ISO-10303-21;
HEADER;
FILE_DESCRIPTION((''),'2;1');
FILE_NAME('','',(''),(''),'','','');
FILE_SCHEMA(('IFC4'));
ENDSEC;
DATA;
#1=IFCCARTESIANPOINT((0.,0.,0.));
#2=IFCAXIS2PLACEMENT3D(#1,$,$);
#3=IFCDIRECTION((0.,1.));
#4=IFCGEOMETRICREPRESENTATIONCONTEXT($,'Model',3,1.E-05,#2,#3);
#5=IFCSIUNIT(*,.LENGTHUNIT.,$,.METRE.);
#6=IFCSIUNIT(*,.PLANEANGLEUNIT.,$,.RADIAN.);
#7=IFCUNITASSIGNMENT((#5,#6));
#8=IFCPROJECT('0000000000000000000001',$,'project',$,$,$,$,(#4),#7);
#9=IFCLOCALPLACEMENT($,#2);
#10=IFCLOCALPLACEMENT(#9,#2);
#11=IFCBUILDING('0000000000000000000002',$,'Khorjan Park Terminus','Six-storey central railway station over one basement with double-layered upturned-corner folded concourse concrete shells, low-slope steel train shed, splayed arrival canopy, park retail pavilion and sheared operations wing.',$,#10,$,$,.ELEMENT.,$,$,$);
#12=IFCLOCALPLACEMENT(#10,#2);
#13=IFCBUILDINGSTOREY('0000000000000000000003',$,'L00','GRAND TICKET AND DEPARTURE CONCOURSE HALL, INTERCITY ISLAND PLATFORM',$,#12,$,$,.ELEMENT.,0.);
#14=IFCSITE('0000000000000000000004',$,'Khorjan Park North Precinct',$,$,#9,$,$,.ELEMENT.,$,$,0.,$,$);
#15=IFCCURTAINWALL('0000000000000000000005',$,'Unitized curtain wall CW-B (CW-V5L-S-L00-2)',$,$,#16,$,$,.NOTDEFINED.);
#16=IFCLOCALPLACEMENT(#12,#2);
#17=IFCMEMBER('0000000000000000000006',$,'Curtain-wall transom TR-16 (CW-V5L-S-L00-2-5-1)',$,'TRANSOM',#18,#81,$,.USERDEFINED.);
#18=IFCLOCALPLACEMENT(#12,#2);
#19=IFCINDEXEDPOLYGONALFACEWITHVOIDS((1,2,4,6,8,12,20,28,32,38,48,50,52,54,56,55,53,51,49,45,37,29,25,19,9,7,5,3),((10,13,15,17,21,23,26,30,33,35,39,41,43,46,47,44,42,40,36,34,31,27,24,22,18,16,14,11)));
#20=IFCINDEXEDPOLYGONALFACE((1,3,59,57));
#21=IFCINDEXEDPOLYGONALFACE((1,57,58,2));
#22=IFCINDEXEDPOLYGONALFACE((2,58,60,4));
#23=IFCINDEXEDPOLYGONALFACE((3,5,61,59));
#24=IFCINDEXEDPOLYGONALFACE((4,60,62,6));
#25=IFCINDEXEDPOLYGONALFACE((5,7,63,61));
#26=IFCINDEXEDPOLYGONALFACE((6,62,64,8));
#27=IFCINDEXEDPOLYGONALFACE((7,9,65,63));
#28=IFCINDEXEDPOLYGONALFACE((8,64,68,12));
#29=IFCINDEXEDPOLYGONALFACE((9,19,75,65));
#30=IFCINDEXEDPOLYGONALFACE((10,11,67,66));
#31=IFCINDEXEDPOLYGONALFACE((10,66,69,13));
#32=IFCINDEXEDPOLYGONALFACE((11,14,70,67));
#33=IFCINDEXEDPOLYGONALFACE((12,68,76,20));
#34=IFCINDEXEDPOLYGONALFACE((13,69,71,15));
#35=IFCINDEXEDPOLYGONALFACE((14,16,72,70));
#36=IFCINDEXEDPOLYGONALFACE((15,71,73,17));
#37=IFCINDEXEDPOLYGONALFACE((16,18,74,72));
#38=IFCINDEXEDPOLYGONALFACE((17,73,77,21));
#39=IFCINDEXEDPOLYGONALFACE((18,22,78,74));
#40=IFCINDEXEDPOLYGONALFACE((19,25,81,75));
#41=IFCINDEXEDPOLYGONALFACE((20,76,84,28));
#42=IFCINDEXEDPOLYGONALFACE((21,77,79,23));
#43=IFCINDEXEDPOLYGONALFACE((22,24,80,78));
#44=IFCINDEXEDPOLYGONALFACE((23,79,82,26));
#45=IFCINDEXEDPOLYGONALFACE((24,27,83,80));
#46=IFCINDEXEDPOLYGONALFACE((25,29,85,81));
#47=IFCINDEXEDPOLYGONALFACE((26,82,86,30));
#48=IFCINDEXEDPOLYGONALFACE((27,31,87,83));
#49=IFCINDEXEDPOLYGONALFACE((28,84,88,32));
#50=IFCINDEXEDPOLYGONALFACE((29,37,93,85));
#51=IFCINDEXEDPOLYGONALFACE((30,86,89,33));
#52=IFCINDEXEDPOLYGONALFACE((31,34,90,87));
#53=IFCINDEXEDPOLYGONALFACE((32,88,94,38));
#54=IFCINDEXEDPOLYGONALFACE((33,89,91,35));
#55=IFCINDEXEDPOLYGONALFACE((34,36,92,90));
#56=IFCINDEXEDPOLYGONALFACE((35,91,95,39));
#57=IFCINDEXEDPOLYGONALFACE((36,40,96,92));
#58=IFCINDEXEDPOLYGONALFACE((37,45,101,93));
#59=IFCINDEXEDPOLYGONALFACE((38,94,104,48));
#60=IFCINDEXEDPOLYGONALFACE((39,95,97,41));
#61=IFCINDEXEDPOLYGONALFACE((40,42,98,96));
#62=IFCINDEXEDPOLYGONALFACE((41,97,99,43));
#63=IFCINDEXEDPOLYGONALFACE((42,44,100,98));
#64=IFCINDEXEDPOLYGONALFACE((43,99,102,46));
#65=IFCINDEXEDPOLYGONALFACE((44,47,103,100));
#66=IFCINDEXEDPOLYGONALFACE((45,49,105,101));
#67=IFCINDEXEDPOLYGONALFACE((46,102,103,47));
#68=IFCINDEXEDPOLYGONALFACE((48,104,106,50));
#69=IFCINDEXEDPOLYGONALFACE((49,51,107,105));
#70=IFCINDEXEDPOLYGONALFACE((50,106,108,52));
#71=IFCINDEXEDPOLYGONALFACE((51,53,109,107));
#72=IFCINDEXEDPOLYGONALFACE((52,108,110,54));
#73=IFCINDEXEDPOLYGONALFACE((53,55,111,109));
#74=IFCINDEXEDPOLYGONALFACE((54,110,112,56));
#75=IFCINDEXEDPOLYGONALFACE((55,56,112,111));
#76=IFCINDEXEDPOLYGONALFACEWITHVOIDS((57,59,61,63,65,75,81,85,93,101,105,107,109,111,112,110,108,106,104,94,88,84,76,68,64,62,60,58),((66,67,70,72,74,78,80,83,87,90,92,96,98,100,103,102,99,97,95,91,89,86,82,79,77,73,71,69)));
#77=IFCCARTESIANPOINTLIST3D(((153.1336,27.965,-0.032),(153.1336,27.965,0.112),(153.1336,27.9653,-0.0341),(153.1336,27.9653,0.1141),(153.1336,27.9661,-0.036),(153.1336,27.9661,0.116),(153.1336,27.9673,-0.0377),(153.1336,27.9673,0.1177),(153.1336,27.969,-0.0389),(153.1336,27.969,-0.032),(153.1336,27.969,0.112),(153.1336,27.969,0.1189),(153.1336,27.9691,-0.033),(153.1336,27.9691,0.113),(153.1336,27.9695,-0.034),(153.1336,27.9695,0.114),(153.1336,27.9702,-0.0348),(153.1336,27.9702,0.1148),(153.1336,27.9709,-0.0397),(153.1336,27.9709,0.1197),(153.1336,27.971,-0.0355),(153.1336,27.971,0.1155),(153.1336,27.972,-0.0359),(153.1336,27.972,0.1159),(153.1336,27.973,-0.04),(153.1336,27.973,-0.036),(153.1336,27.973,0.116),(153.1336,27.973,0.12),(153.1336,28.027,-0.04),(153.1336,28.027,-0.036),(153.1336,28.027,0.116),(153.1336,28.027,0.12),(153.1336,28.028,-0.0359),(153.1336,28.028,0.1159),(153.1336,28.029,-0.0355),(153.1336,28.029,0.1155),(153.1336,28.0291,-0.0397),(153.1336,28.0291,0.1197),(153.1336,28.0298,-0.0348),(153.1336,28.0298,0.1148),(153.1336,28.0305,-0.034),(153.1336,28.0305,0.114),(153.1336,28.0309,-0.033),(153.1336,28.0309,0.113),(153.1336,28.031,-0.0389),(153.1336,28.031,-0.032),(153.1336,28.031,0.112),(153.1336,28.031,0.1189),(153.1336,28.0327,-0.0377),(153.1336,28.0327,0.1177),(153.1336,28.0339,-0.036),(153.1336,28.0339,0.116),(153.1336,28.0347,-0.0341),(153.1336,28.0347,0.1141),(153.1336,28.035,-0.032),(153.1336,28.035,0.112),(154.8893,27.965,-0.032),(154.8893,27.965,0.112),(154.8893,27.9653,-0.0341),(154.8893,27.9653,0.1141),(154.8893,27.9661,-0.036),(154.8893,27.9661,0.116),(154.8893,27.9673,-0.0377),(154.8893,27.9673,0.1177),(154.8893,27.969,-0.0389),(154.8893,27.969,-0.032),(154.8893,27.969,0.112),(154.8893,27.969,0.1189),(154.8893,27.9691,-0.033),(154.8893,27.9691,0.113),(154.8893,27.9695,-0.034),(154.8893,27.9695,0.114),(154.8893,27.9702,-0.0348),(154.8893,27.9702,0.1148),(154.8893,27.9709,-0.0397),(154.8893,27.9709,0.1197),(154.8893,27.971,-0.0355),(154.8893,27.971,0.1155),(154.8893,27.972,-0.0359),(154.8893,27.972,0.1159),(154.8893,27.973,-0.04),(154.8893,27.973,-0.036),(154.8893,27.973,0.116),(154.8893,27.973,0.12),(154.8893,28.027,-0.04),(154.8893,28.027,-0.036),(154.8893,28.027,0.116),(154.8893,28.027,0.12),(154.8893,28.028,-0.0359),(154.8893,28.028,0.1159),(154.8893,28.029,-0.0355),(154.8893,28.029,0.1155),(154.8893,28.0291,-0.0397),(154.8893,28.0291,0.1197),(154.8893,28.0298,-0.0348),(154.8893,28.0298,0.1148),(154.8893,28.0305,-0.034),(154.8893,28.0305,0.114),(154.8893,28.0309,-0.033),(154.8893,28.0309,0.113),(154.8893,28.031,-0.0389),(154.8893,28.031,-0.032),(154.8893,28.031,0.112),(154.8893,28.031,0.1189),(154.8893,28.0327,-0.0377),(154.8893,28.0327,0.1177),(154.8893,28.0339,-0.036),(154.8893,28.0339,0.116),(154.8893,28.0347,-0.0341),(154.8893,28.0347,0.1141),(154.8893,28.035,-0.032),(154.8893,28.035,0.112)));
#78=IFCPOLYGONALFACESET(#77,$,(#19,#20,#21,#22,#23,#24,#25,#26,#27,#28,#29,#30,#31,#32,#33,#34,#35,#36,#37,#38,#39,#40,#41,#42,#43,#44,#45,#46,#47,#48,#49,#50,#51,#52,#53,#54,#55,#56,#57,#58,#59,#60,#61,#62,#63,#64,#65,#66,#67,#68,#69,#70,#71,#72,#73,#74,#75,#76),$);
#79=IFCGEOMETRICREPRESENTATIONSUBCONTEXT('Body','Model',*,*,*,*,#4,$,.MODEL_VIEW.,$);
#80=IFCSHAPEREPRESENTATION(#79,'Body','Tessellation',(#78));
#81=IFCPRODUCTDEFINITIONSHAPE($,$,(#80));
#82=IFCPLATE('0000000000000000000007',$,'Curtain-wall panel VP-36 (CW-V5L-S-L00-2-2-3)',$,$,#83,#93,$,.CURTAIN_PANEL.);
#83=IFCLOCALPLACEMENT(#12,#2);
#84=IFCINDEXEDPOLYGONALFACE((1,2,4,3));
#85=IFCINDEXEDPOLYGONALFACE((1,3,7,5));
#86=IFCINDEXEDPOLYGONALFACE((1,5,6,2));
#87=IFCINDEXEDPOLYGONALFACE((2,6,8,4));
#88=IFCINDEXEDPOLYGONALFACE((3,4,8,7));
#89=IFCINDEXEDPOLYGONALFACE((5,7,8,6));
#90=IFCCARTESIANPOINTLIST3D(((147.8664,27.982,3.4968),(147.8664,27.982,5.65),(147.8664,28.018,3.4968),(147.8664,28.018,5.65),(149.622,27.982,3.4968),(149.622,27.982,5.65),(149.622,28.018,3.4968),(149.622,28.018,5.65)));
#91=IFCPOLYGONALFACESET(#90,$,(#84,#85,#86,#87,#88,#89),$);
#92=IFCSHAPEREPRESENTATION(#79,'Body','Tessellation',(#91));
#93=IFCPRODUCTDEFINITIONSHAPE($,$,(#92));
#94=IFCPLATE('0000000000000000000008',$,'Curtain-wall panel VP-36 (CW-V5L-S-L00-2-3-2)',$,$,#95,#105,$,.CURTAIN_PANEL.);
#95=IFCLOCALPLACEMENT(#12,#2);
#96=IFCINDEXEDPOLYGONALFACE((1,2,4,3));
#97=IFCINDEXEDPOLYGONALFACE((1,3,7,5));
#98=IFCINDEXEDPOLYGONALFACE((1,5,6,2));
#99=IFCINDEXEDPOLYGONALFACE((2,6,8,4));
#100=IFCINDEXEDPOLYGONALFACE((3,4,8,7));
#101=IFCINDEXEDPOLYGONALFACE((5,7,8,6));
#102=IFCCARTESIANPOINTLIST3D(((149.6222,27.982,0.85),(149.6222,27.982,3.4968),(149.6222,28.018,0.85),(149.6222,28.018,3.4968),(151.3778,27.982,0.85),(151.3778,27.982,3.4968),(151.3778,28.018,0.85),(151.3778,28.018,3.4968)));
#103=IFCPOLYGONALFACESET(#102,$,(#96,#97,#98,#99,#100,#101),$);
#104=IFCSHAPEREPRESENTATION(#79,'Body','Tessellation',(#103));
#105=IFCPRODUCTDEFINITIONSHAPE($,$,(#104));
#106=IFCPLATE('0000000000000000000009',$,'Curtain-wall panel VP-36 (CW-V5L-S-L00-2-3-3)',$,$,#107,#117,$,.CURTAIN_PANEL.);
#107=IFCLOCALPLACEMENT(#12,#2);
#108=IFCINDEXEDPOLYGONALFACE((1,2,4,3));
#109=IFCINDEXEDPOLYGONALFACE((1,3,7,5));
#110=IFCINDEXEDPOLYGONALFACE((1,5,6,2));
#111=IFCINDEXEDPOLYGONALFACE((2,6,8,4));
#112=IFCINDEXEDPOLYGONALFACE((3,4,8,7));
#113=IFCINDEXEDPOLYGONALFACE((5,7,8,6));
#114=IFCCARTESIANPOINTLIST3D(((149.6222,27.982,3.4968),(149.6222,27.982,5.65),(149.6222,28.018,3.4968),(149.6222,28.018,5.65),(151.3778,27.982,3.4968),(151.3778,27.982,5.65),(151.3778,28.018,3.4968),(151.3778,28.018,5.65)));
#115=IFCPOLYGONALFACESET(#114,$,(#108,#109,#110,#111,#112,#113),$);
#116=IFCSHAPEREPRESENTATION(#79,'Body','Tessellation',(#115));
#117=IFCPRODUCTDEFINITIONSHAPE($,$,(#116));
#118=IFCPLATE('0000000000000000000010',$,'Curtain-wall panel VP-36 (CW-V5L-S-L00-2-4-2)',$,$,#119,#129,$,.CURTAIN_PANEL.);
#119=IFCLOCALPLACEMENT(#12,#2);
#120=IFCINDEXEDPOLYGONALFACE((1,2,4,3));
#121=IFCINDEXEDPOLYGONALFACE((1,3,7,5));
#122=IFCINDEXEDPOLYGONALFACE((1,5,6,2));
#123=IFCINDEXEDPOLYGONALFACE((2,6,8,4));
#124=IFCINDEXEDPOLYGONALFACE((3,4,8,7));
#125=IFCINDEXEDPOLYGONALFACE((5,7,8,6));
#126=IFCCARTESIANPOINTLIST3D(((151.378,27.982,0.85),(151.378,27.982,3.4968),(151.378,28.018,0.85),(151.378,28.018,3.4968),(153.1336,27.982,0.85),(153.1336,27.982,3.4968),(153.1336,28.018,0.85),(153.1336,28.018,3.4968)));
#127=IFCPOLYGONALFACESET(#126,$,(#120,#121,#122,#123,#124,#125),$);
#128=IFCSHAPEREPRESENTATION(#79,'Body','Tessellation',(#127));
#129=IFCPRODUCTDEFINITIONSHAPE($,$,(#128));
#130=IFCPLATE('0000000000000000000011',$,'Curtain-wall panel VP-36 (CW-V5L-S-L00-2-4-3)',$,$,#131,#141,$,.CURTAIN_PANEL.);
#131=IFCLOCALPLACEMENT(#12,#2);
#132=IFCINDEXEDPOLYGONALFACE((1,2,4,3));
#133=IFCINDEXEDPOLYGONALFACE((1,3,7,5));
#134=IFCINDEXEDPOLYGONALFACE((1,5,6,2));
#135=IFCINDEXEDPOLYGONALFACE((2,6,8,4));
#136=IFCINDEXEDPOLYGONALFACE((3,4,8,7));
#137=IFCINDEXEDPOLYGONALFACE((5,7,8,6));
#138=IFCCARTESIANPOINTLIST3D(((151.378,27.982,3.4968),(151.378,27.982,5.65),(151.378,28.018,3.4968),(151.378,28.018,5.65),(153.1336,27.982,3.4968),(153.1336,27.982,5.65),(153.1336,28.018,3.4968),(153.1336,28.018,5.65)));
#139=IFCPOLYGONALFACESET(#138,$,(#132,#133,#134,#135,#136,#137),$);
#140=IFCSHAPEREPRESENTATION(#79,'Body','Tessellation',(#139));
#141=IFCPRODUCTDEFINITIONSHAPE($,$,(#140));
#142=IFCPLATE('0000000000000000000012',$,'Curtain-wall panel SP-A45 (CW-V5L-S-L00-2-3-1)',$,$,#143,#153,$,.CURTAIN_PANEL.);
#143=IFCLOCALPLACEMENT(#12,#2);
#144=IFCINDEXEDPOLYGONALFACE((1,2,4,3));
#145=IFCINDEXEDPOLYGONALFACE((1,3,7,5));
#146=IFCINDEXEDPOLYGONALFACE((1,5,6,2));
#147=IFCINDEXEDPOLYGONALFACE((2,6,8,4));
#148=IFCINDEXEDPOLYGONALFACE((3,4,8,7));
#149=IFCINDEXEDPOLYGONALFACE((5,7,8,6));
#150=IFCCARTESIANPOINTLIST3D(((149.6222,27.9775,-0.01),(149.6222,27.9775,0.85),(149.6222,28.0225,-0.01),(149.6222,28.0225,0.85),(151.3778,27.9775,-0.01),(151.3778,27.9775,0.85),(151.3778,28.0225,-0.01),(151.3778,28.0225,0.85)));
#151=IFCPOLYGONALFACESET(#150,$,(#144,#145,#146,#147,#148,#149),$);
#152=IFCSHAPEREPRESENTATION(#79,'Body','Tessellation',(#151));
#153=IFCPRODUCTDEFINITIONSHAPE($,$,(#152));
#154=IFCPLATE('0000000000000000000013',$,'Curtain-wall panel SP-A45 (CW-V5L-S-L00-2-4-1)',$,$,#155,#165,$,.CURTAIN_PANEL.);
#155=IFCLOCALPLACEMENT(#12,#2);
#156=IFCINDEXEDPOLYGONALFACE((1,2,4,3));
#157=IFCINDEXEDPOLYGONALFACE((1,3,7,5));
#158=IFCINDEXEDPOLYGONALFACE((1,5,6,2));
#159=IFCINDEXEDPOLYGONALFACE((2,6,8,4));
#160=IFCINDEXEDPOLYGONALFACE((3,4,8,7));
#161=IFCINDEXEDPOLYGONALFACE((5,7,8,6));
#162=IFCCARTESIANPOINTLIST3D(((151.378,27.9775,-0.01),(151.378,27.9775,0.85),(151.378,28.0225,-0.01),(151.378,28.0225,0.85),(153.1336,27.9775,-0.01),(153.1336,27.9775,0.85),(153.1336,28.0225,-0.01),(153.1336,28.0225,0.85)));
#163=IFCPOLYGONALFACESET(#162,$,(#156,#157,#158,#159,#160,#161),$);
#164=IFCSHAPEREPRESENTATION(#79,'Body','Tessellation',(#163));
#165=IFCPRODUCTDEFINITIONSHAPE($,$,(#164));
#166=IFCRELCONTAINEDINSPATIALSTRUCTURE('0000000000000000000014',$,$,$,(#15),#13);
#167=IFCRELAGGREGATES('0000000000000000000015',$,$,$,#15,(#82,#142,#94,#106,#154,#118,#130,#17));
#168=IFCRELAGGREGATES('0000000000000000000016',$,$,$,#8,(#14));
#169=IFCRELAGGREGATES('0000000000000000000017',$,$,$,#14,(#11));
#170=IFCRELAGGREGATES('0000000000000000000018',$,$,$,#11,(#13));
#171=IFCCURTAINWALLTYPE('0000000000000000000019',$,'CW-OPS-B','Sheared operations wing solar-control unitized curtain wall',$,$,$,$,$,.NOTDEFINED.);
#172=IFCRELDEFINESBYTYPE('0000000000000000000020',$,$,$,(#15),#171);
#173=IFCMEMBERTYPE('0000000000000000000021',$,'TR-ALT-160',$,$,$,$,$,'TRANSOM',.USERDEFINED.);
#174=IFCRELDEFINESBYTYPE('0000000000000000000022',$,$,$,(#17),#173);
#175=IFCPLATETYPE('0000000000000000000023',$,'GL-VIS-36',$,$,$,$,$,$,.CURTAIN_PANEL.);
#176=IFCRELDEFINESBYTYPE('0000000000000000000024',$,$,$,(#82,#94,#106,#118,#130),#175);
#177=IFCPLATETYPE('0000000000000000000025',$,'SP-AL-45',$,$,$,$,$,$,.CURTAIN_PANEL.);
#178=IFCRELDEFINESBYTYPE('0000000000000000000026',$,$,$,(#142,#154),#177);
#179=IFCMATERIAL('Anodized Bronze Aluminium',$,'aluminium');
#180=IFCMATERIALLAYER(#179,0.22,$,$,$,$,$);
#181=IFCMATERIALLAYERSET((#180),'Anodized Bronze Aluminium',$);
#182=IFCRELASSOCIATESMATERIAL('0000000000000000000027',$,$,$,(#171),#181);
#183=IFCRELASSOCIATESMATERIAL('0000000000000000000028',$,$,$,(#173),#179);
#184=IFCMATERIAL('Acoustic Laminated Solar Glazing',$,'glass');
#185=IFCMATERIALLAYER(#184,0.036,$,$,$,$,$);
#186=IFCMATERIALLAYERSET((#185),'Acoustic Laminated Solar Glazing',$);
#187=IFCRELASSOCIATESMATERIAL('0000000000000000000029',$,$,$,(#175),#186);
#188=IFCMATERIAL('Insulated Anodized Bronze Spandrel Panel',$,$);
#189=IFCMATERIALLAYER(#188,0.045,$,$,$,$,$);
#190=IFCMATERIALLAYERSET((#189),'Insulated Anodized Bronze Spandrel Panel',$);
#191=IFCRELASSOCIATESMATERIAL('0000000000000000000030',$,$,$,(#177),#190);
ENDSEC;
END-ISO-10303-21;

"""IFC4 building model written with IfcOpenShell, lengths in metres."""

from ifc_helpers import new_model, si_unit, direction, frame, origin, origin_2d, place, context, subcontext, project, spatial, rectangle, hollow_rectangle, extrude, material, layer, layer_set, material_profile, profile_set, type_object, element, aggregate, save


model = new_model("IFC4")

# Units and contexts
model_context = context("Model", 3, precision=1e-05, world=origin(), true_north=direction((0.0, 1.0)))
body_context = subcontext(model_context, "Body", "Model", "MODEL_VIEW")
ifc_project = project(units=[si_unit("LENGTHUNIT", "METRE"), si_unit("PLANEANGLEUNIT", "RADIAN")], contexts=[model_context])

# Site, building, storey
site_placement = place(None, origin())
site = spatial("IfcSite", under=ifc_project, at=site_placement, Name="Khorjan Park North Precinct", CompositionType="ELEMENT", RefElevation=0.0)
building_placement = place(site_placement, origin())
building = spatial("IfcBuilding", under=site, at=building_placement, Name="Khorjan Park Terminus", Description="Six-storey central railway station over one basement with double-layered upturned-corner folded concourse concrete shells, low-slope steel train shed, splayed arrival canopy, park retail pavilion and sheared operations wing.", CompositionType="ELEMENT")
storey_placement = place(building_placement, origin())
storey = spatial("IfcBuildingStorey", under=building, at=storey_placement, Name="L00", Description="GRAND TICKET AND DEPARTURE CONCOURSE HALL, INTERCITY ISLAND PLATFORM", CompositionType="ELEMENT", Elevation=0.0)

# Curtain wall, member, plates
ifc_material_1 = material(Name="Anodized Bronze Aluminium", Category="aluminium")
ifc_layer_1 = layer(ifc_material_1, 0.22)
ifc_layer_set_1 = layer_set([ifc_layer_1], Name="Anodized Bronze Aluminium")
curtain_wall_type = type_object("IfcCurtainWallType", Name="CW-OPS-B", Description="Sheared operations wing solar-control unitized curtain wall", PredefinedType="NOTDEFINED", material=ifc_layer_set_1)
curtain_wall_placement = place(storey_placement, origin())
curtain_wall = element("IfcCurtainWall", 1, at=curtain_wall_placement, inside=storey, type_object=curtain_wall_type, Name="Unitized curtain wall CW-B (CW-V5L-S-L00-2)", PredefinedType="NOTDEFINED")
ifc_material_profile_1 = material_profile(ifc_material_1, hollow_rectangle(XDim=0.07, YDim=0.16, WallThickness=0.004, InnerFilletRadius=0.004, OuterFilletRadius=0.008, at=origin_2d()), Name="ALT 70x160x4")
ifc_profile_set_1 = profile_set([ifc_material_profile_1], Name="Anodized Bronze Aluminium")
member_type_1 = type_object("IfcMemberType", Name="TR-ALT-160", ElementType="TRANSOM", PredefinedType="USERDEFINED", material=ifc_profile_set_1)
member_1_placement = place(storey_placement, frame((153.1336, 28.0, 0.04), z_axis=(1.0, 0.0, 0.0), x_axis=(0.0, 1.0, 0.0)))
member_1 = element("IfcMember", 2, at=member_1_placement, type_object=member_type_1, Name="Curtain-wall transom TR-16 (CW-V5L-S-L00-2-5-1)", ObjectType="TRANSOM", PredefinedType="USERDEFINED", context=body_context, shape_type="SweptSolid", body=[
    extrude(hollow_rectangle(XDim=0.07, YDim=0.16, WallThickness=0.004, InnerFilletRadius=0.004, OuterFilletRadius=0.008, at=origin_2d()), origin(), (0.0, 0.0, 1.0), 1.7557),
])
ifc_material_2 = material(Name="Acoustic Laminated Solar Glazing", Category="glass")
ifc_layer_2 = layer(ifc_material_2, 0.036)
ifc_layer_set_2 = layer_set([ifc_layer_2], Name="Acoustic Laminated Solar Glazing")
plate_type_1 = type_object("IfcPlateType", Name="GL-VIS-36", PredefinedType="CURTAIN_PANEL", material=ifc_layer_set_2)
plate_1_placement = place(storey_placement, frame((148.7442, 28.0, 3.4968), z_axis=(0.0, 0.0, 1.0), x_axis=(1.0, 0.0, 0.0)))
plate_1 = element("IfcPlate", 3, at=plate_1_placement, type_object=plate_type_1, Name="Curtain-wall panel VP-36 (CW-V5L-S-L00-2-2-3)", PredefinedType="CURTAIN_PANEL", context=body_context, shape_type="SweptSolid", body=[
    extrude(rectangle(XDim=1.7557, YDim=0.036, at=origin_2d()), origin(), (0.0, 0.0, 1.0), 2.1532),
])
plate_2_placement = place(storey_placement, frame((150.5, 28.0, 0.85), z_axis=(0.0, 0.0, 1.0), x_axis=(1.0, 0.0, 0.0)))
plate_2 = element("IfcPlate", 4, at=plate_2_placement, type_object=plate_type_1, Name="Curtain-wall panel VP-36 (CW-V5L-S-L00-2-3-2)", PredefinedType="CURTAIN_PANEL", context=body_context, shape_type="SweptSolid", body=[
    extrude(rectangle(XDim=1.7557, YDim=0.036, at=origin_2d()), origin(), (0.0, 0.0, 1.0), 2.6468),
])
plate_3_placement = place(storey_placement, frame((150.5, 28.0, 3.4968), z_axis=(0.0, 0.0, 1.0), x_axis=(1.0, 0.0, 0.0)))
plate_3 = element("IfcPlate", 5, at=plate_3_placement, type_object=plate_type_1, Name="Curtain-wall panel VP-36 (CW-V5L-S-L00-2-3-3)", PredefinedType="CURTAIN_PANEL", context=body_context, shape_type="SweptSolid", body=[
    extrude(rectangle(XDim=1.7557, YDim=0.036, at=origin_2d()), origin(), (0.0, 0.0, 1.0), 2.1532),
])
plate_4_placement = place(storey_placement, frame((152.2558, 28.0, 0.85), z_axis=(0.0, 0.0, 1.0), x_axis=(1.0, 0.0, 0.0)))
plate_4 = element("IfcPlate", 6, at=plate_4_placement, type_object=plate_type_1, Name="Curtain-wall panel VP-36 (CW-V5L-S-L00-2-4-2)", PredefinedType="CURTAIN_PANEL", context=body_context, shape_type="SweptSolid", body=[
    extrude(rectangle(XDim=1.7557, YDim=0.036, at=origin_2d()), origin(), (0.0, 0.0, 1.0), 2.6468),
])
plate_5_placement = place(storey_placement, frame((152.2558, 28.0, 3.4968), z_axis=(0.0, 0.0, 1.0), x_axis=(1.0, 0.0, 0.0)))
plate_5 = element("IfcPlate", 7, at=plate_5_placement, type_object=plate_type_1, Name="Curtain-wall panel VP-36 (CW-V5L-S-L00-2-4-3)", PredefinedType="CURTAIN_PANEL", context=body_context, shape_type="SweptSolid", body=[
    extrude(rectangle(XDim=1.7557, YDim=0.036, at=origin_2d()), origin(), (0.0, 0.0, 1.0), 2.1532),
])
ifc_material_3 = material(Name="Insulated Anodized Bronze Spandrel Panel")
ifc_layer_3 = layer(ifc_material_3, 0.045)
ifc_layer_set_3 = layer_set([ifc_layer_3], Name="Insulated Anodized Bronze Spandrel Panel")
plate_type_2 = type_object("IfcPlateType", Name="SP-AL-45", PredefinedType="CURTAIN_PANEL", material=ifc_layer_set_3)
plate_6_placement = place(storey_placement, frame((150.5, 28.0, -0.01), z_axis=(0.0, 0.0, 1.0), x_axis=(1.0, 0.0, 0.0)))
plate_6 = element("IfcPlate", 8, at=plate_6_placement, type_object=plate_type_2, Name="Curtain-wall panel SP-A45 (CW-V5L-S-L00-2-3-1)", PredefinedType="CURTAIN_PANEL", context=body_context, shape_type="SweptSolid", body=[
    extrude(rectangle(XDim=1.7557, YDim=0.045, at=origin_2d()), origin(), (0.0, 0.0, 1.0), 0.86),
])
plate_7_placement = place(storey_placement, frame((152.2558, 28.0, -0.01), z_axis=(0.0, 0.0, 1.0), x_axis=(1.0, 0.0, 0.0)))
plate_7 = element("IfcPlate", 9, at=plate_7_placement, type_object=plate_type_2, Name="Curtain-wall panel SP-A45 (CW-V5L-S-L00-2-4-1)", PredefinedType="CURTAIN_PANEL", context=body_context, shape_type="SweptSolid", body=[
    extrude(rectangle(XDim=1.7557, YDim=0.045, at=origin_2d()), origin(), (0.0, 0.0, 1.0), 0.86),
])
aggregate(curtain_wall, [plate_1, plate_6, plate_2, plate_3, plate_7, plate_4, plate_5, member_1])

save(model, "model.ifc")
